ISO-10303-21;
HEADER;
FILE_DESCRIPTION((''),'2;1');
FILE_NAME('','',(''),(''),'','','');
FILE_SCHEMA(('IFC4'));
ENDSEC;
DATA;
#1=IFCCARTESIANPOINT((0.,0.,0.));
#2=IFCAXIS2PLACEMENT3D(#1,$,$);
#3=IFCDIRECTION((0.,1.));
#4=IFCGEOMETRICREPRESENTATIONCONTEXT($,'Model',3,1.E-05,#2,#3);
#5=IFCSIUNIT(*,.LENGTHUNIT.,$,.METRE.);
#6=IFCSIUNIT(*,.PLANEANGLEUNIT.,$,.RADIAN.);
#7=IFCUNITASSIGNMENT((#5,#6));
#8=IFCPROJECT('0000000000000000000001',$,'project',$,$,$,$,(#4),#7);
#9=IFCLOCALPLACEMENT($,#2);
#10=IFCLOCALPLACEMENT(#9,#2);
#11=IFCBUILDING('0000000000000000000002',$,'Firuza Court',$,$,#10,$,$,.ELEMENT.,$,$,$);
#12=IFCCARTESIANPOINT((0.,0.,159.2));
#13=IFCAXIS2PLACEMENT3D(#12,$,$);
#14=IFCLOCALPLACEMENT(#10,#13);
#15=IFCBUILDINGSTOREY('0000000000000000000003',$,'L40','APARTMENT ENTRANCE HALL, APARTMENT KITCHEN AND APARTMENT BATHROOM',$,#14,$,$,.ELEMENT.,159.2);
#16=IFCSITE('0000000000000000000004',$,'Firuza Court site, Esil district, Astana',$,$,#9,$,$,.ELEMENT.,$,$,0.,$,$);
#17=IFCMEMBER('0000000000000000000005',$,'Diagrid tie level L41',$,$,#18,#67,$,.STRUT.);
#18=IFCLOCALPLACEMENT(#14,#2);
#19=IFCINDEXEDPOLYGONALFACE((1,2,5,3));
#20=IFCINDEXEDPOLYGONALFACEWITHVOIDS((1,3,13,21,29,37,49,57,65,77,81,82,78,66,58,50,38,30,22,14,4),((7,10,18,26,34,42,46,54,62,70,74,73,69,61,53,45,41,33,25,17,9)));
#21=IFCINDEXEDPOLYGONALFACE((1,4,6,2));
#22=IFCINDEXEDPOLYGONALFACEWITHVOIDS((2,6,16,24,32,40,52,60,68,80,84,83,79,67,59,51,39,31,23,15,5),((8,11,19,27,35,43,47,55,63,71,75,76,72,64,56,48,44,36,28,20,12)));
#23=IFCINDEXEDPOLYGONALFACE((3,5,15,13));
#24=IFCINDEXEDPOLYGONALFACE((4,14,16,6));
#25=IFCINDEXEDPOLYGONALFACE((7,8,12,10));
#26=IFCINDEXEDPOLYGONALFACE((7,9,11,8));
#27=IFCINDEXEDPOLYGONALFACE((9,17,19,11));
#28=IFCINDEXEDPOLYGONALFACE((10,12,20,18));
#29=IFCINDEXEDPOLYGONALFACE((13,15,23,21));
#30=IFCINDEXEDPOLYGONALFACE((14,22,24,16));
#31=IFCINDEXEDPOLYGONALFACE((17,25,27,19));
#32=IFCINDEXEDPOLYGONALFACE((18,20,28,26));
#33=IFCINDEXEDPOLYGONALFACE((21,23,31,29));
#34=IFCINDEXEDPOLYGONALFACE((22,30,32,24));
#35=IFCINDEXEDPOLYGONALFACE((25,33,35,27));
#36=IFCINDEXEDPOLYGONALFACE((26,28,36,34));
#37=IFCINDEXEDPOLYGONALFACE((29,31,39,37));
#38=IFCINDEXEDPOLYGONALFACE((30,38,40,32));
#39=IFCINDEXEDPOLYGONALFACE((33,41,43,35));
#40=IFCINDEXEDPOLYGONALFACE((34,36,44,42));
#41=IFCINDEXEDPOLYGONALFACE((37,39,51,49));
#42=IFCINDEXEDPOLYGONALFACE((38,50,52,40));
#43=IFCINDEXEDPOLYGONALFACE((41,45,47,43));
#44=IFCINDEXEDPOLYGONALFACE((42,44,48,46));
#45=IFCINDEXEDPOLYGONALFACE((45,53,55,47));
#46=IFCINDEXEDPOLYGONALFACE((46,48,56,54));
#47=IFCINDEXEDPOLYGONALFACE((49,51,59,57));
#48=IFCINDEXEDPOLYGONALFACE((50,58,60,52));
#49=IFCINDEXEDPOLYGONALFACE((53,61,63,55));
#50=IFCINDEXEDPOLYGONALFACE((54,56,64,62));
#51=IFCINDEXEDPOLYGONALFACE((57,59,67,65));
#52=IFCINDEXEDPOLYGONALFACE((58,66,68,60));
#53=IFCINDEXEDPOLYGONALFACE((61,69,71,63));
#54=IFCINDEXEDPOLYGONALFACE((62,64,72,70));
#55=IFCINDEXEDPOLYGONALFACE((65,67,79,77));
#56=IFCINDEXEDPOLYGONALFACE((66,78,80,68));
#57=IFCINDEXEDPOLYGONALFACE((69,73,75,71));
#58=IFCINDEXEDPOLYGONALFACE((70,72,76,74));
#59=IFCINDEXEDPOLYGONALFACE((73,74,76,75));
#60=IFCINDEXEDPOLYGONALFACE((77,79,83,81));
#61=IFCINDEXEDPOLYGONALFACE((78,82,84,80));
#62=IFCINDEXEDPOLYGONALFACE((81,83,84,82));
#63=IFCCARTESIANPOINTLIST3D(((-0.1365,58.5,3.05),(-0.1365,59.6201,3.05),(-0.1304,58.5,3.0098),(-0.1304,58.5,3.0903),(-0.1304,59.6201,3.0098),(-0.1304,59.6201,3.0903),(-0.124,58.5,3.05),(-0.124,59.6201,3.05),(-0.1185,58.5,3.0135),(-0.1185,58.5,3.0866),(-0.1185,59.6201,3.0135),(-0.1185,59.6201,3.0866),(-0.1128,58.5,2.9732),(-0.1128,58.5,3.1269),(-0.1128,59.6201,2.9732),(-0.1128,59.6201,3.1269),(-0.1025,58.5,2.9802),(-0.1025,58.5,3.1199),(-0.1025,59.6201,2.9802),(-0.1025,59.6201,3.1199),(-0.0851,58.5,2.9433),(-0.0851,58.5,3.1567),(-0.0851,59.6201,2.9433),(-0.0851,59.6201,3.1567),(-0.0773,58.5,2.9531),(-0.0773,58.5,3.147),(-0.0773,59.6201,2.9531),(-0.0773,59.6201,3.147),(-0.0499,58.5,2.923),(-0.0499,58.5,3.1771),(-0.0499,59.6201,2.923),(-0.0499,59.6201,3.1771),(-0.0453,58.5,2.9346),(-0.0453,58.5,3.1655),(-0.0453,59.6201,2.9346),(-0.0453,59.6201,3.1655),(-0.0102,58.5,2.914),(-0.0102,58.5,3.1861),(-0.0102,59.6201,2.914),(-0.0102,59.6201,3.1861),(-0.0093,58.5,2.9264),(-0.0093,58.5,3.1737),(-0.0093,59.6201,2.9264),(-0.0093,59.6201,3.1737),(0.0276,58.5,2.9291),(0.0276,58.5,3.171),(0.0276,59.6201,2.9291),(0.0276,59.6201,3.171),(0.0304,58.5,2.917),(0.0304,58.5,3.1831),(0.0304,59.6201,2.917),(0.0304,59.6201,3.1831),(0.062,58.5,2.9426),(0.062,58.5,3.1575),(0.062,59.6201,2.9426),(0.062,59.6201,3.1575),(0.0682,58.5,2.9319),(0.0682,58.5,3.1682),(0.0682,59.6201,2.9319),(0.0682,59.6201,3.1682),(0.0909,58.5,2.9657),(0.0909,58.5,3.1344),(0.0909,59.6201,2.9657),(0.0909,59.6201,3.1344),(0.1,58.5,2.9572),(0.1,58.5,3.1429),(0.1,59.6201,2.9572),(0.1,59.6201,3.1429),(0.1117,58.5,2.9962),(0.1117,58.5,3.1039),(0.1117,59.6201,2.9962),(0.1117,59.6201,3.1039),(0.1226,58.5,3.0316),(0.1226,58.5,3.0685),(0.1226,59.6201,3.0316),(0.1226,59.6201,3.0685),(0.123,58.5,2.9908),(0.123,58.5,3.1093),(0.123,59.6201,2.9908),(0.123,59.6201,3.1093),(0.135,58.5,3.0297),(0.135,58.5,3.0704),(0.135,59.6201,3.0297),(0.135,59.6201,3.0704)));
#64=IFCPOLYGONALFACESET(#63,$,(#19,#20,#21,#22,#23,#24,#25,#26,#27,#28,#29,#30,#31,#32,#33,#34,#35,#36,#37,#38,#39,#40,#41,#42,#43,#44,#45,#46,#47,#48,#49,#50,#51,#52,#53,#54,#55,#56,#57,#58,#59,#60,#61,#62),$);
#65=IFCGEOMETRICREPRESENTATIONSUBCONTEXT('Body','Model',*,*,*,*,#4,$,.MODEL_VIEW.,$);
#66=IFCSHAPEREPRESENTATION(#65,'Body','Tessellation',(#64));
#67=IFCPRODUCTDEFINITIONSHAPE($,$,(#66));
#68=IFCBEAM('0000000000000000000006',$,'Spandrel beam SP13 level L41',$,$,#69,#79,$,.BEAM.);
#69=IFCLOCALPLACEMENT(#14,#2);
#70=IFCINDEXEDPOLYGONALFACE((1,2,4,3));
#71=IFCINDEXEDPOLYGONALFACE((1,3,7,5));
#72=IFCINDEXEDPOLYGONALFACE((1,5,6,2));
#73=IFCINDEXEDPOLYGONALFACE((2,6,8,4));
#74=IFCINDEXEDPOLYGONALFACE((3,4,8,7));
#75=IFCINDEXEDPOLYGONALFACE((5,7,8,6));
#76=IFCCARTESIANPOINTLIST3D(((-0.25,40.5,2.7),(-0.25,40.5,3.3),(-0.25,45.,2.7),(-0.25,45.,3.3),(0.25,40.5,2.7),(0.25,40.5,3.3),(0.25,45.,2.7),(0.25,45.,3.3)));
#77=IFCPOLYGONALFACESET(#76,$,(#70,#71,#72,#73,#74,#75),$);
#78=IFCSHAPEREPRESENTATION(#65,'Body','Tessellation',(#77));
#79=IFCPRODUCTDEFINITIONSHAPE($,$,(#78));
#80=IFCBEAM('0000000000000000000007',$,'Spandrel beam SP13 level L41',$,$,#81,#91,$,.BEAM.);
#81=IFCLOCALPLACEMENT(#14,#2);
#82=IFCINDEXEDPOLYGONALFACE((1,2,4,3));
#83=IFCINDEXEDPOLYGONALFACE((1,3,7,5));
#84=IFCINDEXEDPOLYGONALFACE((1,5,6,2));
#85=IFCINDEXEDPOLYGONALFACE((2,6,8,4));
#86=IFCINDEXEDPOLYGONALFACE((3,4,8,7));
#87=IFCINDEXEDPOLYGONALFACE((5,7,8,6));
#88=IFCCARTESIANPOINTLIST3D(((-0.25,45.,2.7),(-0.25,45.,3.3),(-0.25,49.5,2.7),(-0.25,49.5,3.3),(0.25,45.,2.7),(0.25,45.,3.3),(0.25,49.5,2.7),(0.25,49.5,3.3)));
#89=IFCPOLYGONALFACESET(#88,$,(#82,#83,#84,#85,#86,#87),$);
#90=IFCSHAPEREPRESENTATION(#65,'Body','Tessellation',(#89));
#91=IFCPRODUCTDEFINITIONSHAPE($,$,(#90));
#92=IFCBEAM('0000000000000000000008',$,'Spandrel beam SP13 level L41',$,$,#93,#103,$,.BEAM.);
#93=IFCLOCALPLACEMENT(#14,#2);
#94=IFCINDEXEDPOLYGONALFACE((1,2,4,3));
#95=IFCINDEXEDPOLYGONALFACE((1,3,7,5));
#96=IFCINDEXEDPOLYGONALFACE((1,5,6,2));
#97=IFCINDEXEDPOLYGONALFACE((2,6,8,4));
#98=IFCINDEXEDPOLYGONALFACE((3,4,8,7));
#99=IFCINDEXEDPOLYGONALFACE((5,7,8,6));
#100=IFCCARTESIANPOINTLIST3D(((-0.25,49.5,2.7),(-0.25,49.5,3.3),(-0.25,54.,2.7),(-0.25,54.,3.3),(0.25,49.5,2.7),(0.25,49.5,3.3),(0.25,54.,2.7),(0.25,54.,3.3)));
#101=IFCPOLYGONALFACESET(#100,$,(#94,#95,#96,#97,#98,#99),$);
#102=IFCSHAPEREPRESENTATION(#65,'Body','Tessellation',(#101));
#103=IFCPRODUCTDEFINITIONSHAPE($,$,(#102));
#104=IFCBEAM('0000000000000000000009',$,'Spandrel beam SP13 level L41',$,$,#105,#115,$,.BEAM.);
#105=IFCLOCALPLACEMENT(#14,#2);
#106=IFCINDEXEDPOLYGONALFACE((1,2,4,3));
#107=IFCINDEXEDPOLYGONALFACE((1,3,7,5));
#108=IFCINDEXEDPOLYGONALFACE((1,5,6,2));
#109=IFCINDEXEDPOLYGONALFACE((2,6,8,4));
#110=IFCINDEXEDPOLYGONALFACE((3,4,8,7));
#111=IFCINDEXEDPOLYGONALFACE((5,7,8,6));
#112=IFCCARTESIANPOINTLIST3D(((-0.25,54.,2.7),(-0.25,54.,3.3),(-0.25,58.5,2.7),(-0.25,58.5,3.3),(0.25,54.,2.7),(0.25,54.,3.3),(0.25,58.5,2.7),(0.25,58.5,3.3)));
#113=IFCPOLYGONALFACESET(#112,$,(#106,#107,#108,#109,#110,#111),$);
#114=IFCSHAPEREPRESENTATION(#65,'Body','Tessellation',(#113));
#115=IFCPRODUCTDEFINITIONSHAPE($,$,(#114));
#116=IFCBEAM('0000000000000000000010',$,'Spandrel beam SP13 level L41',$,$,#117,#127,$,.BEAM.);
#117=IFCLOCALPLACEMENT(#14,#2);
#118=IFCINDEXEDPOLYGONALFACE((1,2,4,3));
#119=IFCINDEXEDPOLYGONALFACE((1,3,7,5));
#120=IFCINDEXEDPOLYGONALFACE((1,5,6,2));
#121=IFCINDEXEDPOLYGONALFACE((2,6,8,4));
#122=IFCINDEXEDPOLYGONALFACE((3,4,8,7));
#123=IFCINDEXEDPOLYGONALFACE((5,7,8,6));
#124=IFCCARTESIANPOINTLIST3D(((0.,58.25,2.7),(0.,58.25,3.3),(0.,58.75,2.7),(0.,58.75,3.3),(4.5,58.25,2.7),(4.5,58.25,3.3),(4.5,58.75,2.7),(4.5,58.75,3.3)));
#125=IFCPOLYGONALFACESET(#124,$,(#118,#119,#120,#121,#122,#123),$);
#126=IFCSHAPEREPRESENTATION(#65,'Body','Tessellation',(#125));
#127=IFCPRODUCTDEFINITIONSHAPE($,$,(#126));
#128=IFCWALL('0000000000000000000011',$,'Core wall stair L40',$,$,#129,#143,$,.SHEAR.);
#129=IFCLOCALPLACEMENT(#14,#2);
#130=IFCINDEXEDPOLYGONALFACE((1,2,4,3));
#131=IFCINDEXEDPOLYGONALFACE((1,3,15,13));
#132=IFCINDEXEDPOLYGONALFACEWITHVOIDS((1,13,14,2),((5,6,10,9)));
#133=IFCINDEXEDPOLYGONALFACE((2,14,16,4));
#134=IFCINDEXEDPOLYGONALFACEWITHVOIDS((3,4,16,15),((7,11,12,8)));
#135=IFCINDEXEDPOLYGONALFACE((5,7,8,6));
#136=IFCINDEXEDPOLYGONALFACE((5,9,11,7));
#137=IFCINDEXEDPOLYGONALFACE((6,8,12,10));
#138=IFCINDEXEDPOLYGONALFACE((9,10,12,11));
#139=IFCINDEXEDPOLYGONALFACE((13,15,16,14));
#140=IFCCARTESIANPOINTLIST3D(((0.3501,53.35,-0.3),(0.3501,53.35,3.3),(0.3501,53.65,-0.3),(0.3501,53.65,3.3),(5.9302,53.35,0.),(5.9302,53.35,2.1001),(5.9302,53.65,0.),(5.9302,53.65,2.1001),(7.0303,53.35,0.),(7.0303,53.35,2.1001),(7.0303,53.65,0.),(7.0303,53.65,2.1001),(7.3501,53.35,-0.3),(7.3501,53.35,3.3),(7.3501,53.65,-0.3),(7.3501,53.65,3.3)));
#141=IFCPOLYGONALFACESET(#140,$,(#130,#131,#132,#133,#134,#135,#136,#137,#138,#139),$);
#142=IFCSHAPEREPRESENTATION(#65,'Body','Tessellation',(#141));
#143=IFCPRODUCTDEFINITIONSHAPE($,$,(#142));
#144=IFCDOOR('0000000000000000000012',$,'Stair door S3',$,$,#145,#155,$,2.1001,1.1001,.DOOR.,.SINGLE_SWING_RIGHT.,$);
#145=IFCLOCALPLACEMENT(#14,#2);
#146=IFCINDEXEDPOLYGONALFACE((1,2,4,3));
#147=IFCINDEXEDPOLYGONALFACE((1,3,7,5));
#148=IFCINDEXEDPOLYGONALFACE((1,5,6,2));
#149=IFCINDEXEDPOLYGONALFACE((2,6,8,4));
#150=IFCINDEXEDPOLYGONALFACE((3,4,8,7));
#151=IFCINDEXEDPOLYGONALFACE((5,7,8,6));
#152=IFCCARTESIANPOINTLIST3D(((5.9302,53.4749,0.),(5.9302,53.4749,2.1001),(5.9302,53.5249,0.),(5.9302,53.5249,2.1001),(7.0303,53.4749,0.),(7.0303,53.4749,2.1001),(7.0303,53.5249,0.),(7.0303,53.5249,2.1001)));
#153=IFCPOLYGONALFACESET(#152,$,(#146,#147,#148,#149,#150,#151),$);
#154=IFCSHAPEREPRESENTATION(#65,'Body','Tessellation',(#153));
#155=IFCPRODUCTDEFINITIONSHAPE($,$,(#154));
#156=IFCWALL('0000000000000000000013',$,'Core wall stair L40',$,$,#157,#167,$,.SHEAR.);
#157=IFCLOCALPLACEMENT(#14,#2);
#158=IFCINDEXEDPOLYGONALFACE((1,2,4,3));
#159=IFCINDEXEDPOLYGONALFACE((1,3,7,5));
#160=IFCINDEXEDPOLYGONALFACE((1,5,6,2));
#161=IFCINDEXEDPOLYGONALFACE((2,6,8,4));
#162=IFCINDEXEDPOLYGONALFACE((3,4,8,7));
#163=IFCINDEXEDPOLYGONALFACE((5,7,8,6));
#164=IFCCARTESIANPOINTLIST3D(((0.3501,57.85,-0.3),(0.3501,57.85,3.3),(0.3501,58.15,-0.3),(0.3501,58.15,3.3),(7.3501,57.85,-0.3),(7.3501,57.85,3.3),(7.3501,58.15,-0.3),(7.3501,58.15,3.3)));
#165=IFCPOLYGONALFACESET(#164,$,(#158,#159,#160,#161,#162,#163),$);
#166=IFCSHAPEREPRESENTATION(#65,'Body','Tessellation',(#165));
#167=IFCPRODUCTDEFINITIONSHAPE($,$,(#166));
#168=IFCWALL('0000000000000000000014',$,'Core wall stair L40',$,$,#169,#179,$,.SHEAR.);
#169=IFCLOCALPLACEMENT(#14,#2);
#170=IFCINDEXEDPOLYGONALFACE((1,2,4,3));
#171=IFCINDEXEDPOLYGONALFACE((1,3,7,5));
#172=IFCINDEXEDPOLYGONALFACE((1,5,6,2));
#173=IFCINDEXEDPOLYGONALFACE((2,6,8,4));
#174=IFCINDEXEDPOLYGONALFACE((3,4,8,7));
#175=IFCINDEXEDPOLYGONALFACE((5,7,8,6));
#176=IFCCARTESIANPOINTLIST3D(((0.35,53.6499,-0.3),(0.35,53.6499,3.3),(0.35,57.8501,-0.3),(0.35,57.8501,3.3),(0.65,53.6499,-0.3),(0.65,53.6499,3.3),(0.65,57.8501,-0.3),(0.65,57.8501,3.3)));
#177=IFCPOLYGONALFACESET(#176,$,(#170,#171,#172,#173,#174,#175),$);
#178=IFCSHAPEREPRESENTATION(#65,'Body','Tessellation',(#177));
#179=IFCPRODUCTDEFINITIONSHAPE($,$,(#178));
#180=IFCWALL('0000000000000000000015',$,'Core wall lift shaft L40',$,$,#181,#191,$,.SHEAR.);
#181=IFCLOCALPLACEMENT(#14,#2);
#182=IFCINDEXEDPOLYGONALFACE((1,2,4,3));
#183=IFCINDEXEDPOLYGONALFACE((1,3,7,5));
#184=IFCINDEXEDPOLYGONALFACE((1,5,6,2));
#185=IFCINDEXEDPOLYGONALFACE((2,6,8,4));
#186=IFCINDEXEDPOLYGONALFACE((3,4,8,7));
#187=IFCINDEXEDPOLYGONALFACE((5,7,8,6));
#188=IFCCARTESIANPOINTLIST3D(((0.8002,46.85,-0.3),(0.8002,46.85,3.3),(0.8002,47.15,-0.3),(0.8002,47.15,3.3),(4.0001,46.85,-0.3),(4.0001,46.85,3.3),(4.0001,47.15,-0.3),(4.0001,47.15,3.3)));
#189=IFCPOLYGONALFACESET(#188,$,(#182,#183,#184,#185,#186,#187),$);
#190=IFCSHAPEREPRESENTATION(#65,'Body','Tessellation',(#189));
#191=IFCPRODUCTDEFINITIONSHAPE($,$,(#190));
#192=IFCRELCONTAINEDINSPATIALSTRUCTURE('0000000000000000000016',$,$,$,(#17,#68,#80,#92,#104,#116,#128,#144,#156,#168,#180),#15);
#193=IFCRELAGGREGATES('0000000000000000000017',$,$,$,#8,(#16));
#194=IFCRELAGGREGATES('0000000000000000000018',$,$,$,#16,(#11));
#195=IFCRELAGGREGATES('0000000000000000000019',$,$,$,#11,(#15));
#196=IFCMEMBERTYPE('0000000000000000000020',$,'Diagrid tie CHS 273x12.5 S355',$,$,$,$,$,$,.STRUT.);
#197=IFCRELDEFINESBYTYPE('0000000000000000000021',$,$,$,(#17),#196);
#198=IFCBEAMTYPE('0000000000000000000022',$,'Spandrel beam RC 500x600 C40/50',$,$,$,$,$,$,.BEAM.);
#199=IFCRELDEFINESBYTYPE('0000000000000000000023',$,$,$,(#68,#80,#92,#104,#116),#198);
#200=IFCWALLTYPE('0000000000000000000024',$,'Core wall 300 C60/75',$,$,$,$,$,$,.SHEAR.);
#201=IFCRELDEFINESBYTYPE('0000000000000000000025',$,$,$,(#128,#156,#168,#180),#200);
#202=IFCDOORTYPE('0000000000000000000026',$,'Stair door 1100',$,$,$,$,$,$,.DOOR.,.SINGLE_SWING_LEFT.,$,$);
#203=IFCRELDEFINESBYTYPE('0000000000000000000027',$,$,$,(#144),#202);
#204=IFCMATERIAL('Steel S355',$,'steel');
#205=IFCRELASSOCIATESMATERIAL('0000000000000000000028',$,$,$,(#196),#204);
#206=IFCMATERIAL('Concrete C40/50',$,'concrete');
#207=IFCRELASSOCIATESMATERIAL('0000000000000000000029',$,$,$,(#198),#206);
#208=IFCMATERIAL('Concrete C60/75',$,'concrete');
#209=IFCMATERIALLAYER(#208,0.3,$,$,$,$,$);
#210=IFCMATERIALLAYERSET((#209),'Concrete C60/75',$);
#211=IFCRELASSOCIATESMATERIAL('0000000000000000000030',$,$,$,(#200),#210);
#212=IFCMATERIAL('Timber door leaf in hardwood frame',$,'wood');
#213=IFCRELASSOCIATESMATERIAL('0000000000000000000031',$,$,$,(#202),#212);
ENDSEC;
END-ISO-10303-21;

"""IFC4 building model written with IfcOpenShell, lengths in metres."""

from ifc_helpers import new_model, si_unit, direction, frame, frame_2d, origin, origin_2d, place, context, subcontext, project, spatial, rectangle, hollow_circle, extrude, material, layer, layer_set, material_profile, profile_set, type_object, element, fill, save


model = new_model("IFC4")

# Units and contexts
model_context = context("Model", 3, precision=1e-05, world=origin(), true_north=direction((0.0, 1.0)))
body_context = subcontext(model_context, "Body", "Model", "MODEL_VIEW")
ifc_project = project(units=[si_unit("LENGTHUNIT", "METRE"), si_unit("PLANEANGLEUNIT", "RADIAN")], contexts=[model_context])

# Site, building, storey
site_placement = place(None, origin())
site = spatial("IfcSite", under=ifc_project, at=site_placement, Name="Firuza Court site, Esil district, Astana", CompositionType="ELEMENT", RefElevation=0.0)
building_placement = place(site_placement, origin())
building = spatial("IfcBuilding", under=site, at=building_placement, Name="Firuza Court", CompositionType="ELEMENT")
storey_placement = place(building_placement, frame((0.0, 0.0, 159.2)))
storey = spatial("IfcBuildingStorey", under=building, at=storey_placement, Name="L40", Description="APARTMENT ENTRANCE HALL, APARTMENT KITCHEN AND APARTMENT BATHROOM", CompositionType="ELEMENT", Elevation=159.2)

# Member
ifc_material_1 = material(Name="Steel S355", Category="steel")
ifc_material_profile_1 = material_profile(ifc_material_1, hollow_circle(Radius=0.1365, WallThickness=0.0125, at=origin_2d()), Name="CHS 273x12.5")
ifc_profile_set_1 = profile_set([ifc_material_profile_1], Name="Steel S355")
member_type_1 = type_object("IfcMemberType", Name="Diagrid tie CHS 273x12.5 S355", PredefinedType="STRUT", material=ifc_profile_set_1)
for number, where, z_axis, x_axis, name in (
    (1, (0.0, 58.5, 3.05), (0.0, 1.0, 0.0), (-1.0, 0.0, 0.0), "Diagrid tie level L41"),
):
    element("IfcMember", number, at=place(storey_placement, frame(where, z_axis=z_axis, x_axis=x_axis)), inside=storey, type_object=member_type_1, Name=name, PredefinedType="STRUT", context=body_context, shape_type="SweptSolid", body=[
        extrude(hollow_circle(Radius=0.1365, WallThickness=0.0125, at=origin_2d()), origin(), (0.0, 0.0, 1.0), 1.1201),
    ])

# Beams
ifc_material_2 = material(Name="Concrete C40/50", Category="concrete")
ifc_material_profile_2 = material_profile(ifc_material_2, rectangle(XDim=0.5, YDim=0.6001, at=origin_2d()), Name="RC 500x600")
ifc_profile_set_2 = profile_set([ifc_material_profile_2], Name="Concrete C40/50")
beam_type = type_object("IfcBeamType", Name="Spandrel beam RC 500x600 C40/50", PredefinedType="BEAM", material=ifc_profile_set_2)
for number, where, z_axis, x_axis, name in (
    (2, (0.0, 45.0, 3.0), (0.0, -1.0, 0.0), (1.0, 0.0, 0.0), "Spandrel beam SP13 level L41"),
    (3, (0.0, 49.5, 3.0), (0.0, -1.0, 0.0), (1.0, 0.0, 0.0), "Spandrel beam SP13 level L41"),
    (4, (0.0, 54.0, 3.0), (0.0, -1.0, 0.0), (1.0, 0.0, 0.0), "Spandrel beam SP13 level L41"),
    (5, (0.0, 58.5, 3.0), (0.0, -1.0, 0.0), (1.0, 0.0, 0.0), "Spandrel beam SP13 level L41"),
    (6, (4.5, 58.5, 3.0), (-1.0, 0.0, 0.0), (0.0, -1.0, 0.0), "Spandrel beam SP13 level L41"),
):
    element("IfcBeam", number, at=place(storey_placement, frame(where, z_axis=z_axis, x_axis=x_axis)), inside=storey, type_object=beam_type, Name=name, PredefinedType="BEAM", context=body_context, shape_type="SweptSolid", body=[
        extrude(rectangle(XDim=0.5, YDim=0.6001, at=origin_2d()), origin(), (0.0, 0.0, 1.0), 4.5),
    ])

# Wall, opening, door
ifc_material_3 = material(Name="Concrete C60/75", Category="concrete")
ifc_layer_1 = layer(ifc_material_3, 0.3)
ifc_layer_set_1 = layer_set([ifc_layer_1], Name="Concrete C60/75")
wall_type_1 = type_object("IfcWallType", Name="Core wall 300 C60/75", PredefinedType="SHEAR", material=ifc_layer_set_1)
wall_1_placement = place(storey_placement, frame((0.3501, 53.5, -0.3), z_axis=(0.0, 0.0, 1.0), x_axis=(1.0, 0.0, 0.0)))
wall_1 = element("IfcWall", 7, at=wall_1_placement, inside=storey, type_object=wall_type_1, Name="Core wall stair L40", PredefinedType="SHEAR", context=body_context, shape_type="SweptSolid", body=[
    extrude(rectangle(XDim=7.0, YDim=0.3, at=frame_2d((3.5, 0.0))), origin(), (0.0, 0.0, 1.0), 3.6001),
])
opening_1_placement = place(wall_1_placement, frame((5.5801, 0.0, 0.3)))
opening_1 = element("IfcOpeningElement", 8, at=opening_1_placement, cuts=wall_1, PredefinedType="OPENING", context=body_context, shape_type="SweptSolid", body=[
    extrude(rectangle(XDim=1.1001, YDim=2.1001, at=frame_2d((0.55, 1.05))), frame((0.0, 0.1621, 0.0), z_axis=(0.0, -1.0, 0.0), x_axis=(1.0, 0.0, 0.0)), (0.0, 0.0, 1.0), 0.324),
])
ifc_material_4 = material(Name="Timber door leaf in hardwood frame", Category="wood")
door_type = type_object("IfcDoorType", Name="Stair door 1100", OperationType="SINGLE_SWING_LEFT", PredefinedType="DOOR", material=ifc_material_4)
door_placement = place(opening_1_placement, origin())
door = element("IfcDoor", 9, at=door_placement, inside=storey, type_object=door_type, Name="Stair door S3", OperationType="SINGLE_SWING_RIGHT", OverallHeight=2.1001, OverallWidth=1.1001, PredefinedType="DOOR", context=body_context, shape_type="SweptSolid", body=[
    extrude(rectangle(XDim=1.1001, YDim=2.1001, at=frame_2d((0.55, 1.05))), frame((0.0, 0.0249, 0.0), z_axis=(0.0, -1.0, 0.0), x_axis=(1.0, 0.0, 0.0)), (0.0, 0.0, 1.0), 0.05),
])
fill(opening_1, door)

# Walls
wall_2_placement = place(storey_placement, frame((0.3501, 58.0, -0.3), z_axis=(0.0, 0.0, 1.0), x_axis=(1.0, 0.0, 0.0)))
element("IfcWall", 10, at=wall_2_placement, inside=storey, type_object=wall_type_1, Name="Core wall stair L40", PredefinedType="SHEAR", context=body_context, shape_type="SweptSolid", body=[
    extrude(rectangle(XDim=7.0, YDim=0.3, at=frame_2d((3.5, 0.0))), origin(), (0.0, 0.0, 1.0), 3.6001),
])
wall_3_placement = place(storey_placement, frame((0.5, 53.6499, -0.3), z_axis=(0.0, 0.0, 1.0), x_axis=(0.0, 1.0, 0.0)))
element("IfcWall", 11, at=wall_3_placement, inside=storey, type_object=wall_type_1, Name="Core wall stair L40", PredefinedType="SHEAR", context=body_context, shape_type="SweptSolid", body=[
    extrude(rectangle(XDim=4.2002, YDim=0.3, at=frame_2d((2.1001, 0.0))), origin(), (0.0, 0.0, 1.0), 3.6001),
])
wall_4_placement = place(storey_placement, frame((0.8, 47.0, -0.3), z_axis=(0.0, 0.0, 1.0), x_axis=(1.0, 0.0, 0.0)))
element("IfcWall", 12, at=wall_4_placement, inside=storey, type_object=wall_type_1, Name="Core wall lift shaft L40", PredefinedType="SHEAR", context=body_context, shape_type="SweptSolid", body=[
    extrude(rectangle(XDim=3.2, YDim=0.3, at=frame_2d((1.6001, 0.0))), origin(), (0.0, 0.0, 1.0), 3.6001),
])

save(model, "model.ifc")
